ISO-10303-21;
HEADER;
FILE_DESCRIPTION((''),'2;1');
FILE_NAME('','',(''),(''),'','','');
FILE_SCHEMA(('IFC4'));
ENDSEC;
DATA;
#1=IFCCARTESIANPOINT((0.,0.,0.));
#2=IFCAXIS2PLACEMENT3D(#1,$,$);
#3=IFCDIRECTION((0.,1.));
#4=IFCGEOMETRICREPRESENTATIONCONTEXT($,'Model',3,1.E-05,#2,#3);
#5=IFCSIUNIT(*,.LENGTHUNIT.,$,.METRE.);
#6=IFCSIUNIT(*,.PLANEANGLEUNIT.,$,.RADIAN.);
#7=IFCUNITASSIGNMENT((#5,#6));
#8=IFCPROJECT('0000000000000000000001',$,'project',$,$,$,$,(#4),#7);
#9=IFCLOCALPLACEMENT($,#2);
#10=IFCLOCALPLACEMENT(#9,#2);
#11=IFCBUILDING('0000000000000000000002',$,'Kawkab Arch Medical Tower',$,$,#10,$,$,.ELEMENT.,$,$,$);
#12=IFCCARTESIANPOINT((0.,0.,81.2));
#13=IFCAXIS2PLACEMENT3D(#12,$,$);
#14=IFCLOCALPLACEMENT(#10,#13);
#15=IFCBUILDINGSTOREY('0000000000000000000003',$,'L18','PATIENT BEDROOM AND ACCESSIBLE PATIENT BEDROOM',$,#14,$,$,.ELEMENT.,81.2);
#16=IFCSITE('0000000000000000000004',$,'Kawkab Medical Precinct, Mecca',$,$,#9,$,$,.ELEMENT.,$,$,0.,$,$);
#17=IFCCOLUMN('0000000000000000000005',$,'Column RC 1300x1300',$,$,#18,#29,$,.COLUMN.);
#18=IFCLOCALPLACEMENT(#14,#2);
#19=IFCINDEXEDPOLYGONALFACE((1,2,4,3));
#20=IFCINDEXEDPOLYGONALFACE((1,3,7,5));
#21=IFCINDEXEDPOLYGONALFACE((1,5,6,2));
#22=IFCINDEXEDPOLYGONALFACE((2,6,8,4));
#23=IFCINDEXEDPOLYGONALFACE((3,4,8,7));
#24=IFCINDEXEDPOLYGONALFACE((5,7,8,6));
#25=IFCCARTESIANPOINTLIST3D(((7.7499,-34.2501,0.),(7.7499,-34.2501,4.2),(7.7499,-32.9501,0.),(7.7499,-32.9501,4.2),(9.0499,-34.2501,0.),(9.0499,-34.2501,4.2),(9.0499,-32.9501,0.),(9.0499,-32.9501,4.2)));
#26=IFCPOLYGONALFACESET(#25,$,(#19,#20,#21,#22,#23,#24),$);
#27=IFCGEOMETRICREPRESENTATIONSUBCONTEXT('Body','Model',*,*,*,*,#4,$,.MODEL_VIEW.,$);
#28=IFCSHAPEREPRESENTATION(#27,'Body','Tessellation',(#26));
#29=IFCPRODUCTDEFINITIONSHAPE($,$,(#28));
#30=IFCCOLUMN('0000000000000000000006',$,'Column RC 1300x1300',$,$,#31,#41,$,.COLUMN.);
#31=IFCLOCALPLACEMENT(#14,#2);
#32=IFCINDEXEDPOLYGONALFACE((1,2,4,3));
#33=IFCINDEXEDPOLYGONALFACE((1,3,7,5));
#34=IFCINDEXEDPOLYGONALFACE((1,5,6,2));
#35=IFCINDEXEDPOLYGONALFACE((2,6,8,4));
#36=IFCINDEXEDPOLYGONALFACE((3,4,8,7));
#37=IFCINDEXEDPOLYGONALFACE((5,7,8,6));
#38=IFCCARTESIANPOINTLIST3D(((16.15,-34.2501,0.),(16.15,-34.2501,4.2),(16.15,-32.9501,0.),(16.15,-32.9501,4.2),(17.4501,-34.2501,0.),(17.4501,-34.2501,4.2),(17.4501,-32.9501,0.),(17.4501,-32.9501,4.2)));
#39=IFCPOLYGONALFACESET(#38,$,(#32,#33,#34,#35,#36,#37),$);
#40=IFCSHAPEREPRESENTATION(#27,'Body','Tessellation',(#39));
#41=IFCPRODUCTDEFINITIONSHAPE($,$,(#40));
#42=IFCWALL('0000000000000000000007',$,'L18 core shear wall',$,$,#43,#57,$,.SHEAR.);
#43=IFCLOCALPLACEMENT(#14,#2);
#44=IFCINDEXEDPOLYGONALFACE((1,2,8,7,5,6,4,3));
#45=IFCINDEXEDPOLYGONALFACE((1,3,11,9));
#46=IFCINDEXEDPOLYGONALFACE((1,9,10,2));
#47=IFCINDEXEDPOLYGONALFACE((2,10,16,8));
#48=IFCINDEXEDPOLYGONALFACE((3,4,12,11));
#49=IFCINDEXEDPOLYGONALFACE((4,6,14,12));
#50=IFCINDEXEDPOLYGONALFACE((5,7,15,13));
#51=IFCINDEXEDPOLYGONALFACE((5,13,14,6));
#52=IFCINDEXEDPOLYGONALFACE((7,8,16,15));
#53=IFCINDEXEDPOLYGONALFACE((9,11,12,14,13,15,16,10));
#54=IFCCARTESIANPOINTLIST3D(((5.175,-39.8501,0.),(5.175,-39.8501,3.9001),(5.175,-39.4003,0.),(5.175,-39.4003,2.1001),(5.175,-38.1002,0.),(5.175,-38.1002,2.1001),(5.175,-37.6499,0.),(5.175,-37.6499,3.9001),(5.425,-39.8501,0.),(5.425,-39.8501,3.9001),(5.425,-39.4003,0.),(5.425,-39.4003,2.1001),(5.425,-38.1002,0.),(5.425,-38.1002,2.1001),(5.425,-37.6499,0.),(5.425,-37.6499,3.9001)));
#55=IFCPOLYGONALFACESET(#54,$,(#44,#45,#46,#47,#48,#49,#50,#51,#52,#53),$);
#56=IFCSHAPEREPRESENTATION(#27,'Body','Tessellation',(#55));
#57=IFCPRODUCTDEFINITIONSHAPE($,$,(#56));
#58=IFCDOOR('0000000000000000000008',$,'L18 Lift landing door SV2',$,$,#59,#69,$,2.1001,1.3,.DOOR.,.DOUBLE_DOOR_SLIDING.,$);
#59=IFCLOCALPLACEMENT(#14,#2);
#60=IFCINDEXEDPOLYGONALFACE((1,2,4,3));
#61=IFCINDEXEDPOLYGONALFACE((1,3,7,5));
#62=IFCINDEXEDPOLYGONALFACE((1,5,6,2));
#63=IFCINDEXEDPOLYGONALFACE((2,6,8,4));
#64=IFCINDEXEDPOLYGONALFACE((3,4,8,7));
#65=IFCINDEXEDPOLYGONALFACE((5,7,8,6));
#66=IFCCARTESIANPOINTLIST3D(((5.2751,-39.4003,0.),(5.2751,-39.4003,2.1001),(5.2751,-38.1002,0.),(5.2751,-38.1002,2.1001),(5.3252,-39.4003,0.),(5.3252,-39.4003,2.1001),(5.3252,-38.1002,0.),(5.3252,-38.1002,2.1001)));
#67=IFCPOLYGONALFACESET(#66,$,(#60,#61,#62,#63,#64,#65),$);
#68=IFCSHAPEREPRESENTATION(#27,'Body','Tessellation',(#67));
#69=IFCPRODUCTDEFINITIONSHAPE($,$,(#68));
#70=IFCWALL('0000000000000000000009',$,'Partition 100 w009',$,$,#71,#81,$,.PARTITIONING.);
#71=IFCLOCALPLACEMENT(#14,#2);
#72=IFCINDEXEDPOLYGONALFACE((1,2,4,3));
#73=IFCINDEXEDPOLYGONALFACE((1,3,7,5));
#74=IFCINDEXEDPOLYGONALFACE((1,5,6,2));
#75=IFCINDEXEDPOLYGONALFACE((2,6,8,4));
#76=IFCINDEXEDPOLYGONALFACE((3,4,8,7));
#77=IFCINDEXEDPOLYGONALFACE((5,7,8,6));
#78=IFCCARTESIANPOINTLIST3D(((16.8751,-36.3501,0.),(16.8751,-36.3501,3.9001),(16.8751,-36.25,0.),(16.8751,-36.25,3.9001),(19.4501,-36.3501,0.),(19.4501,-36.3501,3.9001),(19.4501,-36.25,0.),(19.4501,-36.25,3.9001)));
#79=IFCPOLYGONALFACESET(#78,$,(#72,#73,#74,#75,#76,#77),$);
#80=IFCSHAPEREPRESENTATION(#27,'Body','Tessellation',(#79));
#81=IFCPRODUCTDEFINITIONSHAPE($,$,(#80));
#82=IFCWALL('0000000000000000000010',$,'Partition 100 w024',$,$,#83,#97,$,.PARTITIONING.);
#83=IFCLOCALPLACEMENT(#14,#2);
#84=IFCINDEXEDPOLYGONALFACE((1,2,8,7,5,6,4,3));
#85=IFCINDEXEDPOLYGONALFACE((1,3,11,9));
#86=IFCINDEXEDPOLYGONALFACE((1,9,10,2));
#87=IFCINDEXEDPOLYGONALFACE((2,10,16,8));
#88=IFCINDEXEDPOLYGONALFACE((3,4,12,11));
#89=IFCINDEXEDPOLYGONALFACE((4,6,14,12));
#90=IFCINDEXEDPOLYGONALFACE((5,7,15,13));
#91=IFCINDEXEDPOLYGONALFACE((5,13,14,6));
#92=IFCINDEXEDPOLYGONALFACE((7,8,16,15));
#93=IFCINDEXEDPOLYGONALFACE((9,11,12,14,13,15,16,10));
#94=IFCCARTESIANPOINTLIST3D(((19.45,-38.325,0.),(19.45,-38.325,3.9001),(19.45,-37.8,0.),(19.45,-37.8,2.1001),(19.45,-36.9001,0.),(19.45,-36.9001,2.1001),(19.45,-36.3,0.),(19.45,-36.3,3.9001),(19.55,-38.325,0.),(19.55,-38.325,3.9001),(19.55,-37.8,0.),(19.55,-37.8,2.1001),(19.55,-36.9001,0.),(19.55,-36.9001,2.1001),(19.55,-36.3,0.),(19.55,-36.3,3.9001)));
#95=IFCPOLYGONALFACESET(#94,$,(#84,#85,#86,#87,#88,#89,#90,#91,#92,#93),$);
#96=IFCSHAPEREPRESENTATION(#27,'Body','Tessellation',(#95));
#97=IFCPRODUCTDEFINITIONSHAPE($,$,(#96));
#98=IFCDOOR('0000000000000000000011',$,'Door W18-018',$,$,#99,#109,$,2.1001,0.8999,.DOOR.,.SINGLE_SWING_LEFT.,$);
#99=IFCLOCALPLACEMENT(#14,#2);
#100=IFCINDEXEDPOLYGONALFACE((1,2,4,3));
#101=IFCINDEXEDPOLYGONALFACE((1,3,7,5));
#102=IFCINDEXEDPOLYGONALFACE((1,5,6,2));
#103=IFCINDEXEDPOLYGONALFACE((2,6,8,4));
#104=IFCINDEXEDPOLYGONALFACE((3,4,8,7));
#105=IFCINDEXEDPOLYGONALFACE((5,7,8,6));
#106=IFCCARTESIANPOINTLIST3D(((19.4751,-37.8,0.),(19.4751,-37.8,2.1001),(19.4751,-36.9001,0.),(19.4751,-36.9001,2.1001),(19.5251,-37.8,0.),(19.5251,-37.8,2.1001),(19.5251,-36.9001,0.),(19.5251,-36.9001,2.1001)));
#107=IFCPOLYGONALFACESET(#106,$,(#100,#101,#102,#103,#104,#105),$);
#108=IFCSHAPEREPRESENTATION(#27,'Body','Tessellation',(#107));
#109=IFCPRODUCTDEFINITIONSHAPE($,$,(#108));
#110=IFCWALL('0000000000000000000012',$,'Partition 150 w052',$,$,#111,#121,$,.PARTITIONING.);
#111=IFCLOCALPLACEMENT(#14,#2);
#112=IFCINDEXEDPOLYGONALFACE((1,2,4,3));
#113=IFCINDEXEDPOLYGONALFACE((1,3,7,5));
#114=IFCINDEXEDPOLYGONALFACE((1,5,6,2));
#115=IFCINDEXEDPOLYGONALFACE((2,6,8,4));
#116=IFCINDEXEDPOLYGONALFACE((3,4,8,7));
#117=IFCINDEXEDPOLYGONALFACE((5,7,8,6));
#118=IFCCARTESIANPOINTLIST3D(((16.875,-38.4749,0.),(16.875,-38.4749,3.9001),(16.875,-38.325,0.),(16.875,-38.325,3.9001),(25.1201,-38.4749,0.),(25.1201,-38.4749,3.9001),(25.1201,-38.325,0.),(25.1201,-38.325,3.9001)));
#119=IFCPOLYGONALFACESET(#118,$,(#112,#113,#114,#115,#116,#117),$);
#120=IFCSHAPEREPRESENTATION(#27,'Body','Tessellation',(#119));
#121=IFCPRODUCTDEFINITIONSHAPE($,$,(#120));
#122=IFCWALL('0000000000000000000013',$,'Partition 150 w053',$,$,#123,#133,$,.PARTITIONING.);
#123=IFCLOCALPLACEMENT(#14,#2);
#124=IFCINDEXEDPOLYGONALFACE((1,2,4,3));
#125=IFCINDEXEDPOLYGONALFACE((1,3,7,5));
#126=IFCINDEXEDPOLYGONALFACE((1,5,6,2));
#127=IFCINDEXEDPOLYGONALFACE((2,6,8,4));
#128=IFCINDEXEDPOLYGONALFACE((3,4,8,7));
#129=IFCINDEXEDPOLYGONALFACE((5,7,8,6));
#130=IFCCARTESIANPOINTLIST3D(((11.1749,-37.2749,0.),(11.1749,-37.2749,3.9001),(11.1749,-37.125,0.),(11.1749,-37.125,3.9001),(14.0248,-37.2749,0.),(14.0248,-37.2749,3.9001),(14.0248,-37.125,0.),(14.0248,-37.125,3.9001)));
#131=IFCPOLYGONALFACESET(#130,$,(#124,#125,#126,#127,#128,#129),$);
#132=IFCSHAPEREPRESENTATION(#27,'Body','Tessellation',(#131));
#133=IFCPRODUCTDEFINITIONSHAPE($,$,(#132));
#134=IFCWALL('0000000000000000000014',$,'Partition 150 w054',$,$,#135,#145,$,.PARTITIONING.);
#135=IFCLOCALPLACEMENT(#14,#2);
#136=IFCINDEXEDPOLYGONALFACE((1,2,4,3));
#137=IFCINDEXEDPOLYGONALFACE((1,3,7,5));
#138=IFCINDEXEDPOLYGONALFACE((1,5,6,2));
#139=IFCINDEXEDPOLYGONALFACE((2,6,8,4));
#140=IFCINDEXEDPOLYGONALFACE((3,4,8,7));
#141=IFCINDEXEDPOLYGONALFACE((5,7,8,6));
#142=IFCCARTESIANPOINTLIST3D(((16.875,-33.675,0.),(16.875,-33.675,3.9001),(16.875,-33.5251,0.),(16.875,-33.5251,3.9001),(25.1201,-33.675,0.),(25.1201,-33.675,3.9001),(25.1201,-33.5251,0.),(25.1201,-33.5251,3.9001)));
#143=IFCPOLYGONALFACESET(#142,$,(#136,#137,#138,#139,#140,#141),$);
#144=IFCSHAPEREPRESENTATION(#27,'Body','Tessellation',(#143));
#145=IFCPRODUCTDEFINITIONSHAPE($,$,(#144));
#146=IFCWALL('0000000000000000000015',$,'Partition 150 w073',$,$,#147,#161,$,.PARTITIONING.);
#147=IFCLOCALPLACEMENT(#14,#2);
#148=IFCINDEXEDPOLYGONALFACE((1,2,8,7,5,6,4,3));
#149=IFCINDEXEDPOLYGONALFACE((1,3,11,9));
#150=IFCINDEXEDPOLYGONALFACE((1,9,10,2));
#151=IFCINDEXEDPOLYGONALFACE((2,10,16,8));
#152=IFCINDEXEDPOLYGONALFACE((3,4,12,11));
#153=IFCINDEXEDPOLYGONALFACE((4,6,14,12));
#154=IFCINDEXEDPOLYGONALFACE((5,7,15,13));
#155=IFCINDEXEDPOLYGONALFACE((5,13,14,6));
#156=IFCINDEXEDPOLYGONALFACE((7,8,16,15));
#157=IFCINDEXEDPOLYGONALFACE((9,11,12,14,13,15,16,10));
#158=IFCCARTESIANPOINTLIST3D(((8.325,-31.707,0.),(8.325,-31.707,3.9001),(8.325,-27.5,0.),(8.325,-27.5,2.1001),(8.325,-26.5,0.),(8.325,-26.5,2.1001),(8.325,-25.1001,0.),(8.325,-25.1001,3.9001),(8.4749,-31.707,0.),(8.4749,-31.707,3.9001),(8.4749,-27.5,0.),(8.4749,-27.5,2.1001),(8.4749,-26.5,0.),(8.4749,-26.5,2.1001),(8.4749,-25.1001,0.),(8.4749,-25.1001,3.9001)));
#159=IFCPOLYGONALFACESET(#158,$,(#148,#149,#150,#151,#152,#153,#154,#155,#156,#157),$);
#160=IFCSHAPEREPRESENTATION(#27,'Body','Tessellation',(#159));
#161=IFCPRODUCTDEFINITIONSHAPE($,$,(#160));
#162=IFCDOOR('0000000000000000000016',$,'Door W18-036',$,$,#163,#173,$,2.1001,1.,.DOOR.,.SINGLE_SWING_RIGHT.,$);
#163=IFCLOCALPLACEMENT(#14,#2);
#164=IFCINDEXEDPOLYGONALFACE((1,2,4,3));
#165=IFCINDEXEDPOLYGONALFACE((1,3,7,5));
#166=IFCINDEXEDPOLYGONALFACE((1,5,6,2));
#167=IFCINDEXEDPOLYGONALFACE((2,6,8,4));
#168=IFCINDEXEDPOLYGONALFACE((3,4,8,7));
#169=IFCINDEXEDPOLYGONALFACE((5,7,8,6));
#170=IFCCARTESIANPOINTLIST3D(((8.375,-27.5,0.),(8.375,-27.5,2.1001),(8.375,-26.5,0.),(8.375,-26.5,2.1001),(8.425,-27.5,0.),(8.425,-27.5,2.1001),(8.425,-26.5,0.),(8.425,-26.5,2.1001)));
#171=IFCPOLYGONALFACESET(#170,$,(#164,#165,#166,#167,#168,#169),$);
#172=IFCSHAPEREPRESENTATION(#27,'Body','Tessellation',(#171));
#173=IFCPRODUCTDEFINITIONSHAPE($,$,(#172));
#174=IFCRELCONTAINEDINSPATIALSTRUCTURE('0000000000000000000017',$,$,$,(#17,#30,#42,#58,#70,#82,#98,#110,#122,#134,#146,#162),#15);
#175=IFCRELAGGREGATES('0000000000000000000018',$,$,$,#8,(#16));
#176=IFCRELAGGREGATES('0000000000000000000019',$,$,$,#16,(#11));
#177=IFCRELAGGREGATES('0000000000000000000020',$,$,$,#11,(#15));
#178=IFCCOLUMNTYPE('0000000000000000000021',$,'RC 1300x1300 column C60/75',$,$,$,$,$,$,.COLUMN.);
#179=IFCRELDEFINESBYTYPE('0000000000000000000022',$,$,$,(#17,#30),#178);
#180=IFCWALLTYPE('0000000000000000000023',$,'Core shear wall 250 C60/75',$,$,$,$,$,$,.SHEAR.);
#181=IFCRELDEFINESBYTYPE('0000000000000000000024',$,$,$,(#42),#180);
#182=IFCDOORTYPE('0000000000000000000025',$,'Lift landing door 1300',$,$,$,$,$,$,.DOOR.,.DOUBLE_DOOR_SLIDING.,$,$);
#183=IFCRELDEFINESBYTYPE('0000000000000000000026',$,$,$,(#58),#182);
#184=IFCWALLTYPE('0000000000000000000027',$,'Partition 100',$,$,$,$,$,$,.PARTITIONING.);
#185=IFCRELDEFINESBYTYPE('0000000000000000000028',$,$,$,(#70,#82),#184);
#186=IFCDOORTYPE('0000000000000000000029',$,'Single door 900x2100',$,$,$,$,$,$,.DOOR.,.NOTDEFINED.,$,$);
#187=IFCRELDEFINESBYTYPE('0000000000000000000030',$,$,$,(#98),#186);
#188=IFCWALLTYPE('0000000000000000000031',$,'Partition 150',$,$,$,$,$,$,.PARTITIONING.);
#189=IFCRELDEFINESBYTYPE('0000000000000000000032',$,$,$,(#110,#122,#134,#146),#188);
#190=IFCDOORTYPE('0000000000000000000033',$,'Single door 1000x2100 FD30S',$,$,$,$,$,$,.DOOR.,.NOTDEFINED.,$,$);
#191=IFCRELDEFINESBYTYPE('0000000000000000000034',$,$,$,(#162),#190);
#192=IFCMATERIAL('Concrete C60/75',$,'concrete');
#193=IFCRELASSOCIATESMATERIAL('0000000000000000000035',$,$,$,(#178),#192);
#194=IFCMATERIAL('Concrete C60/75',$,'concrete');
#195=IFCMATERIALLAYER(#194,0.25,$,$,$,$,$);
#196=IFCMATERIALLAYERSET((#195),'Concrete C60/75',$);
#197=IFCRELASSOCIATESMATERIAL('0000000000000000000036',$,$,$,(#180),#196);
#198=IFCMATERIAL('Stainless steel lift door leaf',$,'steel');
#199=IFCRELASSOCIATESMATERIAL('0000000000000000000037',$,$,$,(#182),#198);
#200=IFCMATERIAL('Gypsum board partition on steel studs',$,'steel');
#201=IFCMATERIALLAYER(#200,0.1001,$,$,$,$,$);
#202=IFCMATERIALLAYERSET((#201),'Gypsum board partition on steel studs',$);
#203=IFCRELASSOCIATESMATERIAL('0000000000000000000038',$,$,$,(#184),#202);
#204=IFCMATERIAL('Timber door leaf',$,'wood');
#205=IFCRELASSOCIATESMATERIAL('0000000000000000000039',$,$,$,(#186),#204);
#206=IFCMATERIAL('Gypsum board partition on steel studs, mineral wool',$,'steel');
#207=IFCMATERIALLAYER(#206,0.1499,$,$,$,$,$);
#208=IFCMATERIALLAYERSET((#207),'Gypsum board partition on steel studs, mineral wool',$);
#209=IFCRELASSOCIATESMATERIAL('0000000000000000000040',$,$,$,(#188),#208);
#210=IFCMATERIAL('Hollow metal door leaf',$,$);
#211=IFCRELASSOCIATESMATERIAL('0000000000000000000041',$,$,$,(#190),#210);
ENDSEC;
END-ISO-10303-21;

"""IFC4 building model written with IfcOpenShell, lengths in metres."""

from ifc_helpers import new_model, si_unit, direction, frame, frame_2d, origin, origin_2d, place, context, subcontext, project, spatial, rectangle, extrude, material, layer, layer_set, material_profile, profile_set, type_object, element, fill, save


model = new_model("IFC4")

# Units and contexts
model_context = context("Model", 3, precision=1e-05, world=origin(), true_north=direction((0.0, 1.0)))
body_context = subcontext(model_context, "Body", "Model", "MODEL_VIEW")
ifc_project = project(units=[si_unit("LENGTHUNIT", "METRE"), si_unit("PLANEANGLEUNIT", "RADIAN")], contexts=[model_context])

# Site, building, storey
site_placement = place(None, origin())
site = spatial("IfcSite", under=ifc_project, at=site_placement, Name="Kawkab Medical Precinct, Mecca", CompositionType="ELEMENT", RefElevation=0.0)
building_placement = place(site_placement, origin())
building = spatial("IfcBuilding", under=site, at=building_placement, Name="Kawkab Arch Medical Tower", CompositionType="ELEMENT")
storey_placement = place(building_placement, frame((0.0, 0.0, 81.2)))
storey = spatial("IfcBuildingStorey", under=building, at=storey_placement, Name="L18", Description="PATIENT BEDROOM AND ACCESSIBLE PATIENT BEDROOM", CompositionType="ELEMENT", Elevation=81.2)

# Columns
ifc_material_1 = material(Name="Concrete C60/75", Category="concrete")
ifc_material_profile = material_profile(ifc_material_1, rectangle(XDim=1.3, YDim=1.3, at=origin_2d()), Name="RC 1300x1300")
ifc_profile_set = profile_set([ifc_material_profile], Name="Concrete C60/75")
column_type = type_object("IfcColumnType", Name="RC 1300x1300 column C60/75", PredefinedType="COLUMN", material=ifc_profile_set)
for number, where, z_axis, x_axis, name in (
    (1, (8.3999, -33.6001, 0.0), (0.0, 0.0, 1.0), (1.0, 0.0, 0.0), "Column RC 1300x1300"),
    (2, (16.8, -33.6001, 0.0), (0.0, 0.0, 1.0), (1.0, 0.0, 0.0), "Column RC 1300x1300"),
):
    element("IfcColumn", number, at=place(storey_placement, frame(where, z_axis=z_axis, x_axis=x_axis)), inside=storey, type_object=column_type, Name=name, PredefinedType="COLUMN", context=body_context, shape_type="SweptSolid", body=[
        extrude(rectangle(XDim=1.3, YDim=1.3, at=origin_2d()), origin(), (0.0, 0.0, 1.0), 4.2),
    ])

# Wall, opening, door
ifc_material_2 = material(Name="Concrete C60/75", Category="concrete")
ifc_layer_1 = layer(ifc_material_2, 0.25)
ifc_layer_set_1 = layer_set([ifc_layer_1], Name="Concrete C60/75")
wall_type_1 = type_object("IfcWallType", Name="Core shear wall 250 C60/75", PredefinedType="SHEAR", material=ifc_layer_set_1)
wall_1_placement = place(storey_placement, frame((5.3, -39.8501, 0.0), z_axis=(0.0, 0.0, 1.0), x_axis=(0.0, 1.0, 0.0)))
wall_1 = element("IfcWall", 3, at=wall_1_placement, inside=storey, type_object=wall_type_1, Name="L18 core shear wall", PredefinedType="SHEAR", context=body_context, shape_type="SweptSolid", body=[
    extrude(rectangle(XDim=2.2002, YDim=0.25, at=frame_2d((1.1001, 0.0))), origin(), (0.0, 0.0, 1.0), 3.9001),
])
opening_1_placement = place(wall_1_placement, frame((0.45, 0.0, 0.0)))
opening_1 = element("IfcOpeningElement", 4, at=opening_1_placement, cuts=wall_1, PredefinedType="OPENING", context=body_context, shape_type="SweptSolid", body=[
    extrude(rectangle(XDim=1.3, YDim=2.1001, at=frame_2d((0.6499, 1.05))), frame((0.0, 0.135, 0.0), z_axis=(0.0, -1.0, 0.0), x_axis=(1.0, 0.0, 0.0)), (0.0, 0.0, 1.0), 0.27),
])
ifc_material_3 = material(Name="Stainless steel lift door leaf", Category="steel")
door_type_1 = type_object("IfcDoorType", Name="Lift landing door 1300", OperationType="DOUBLE_DOOR_SLIDING", PredefinedType="DOOR", material=ifc_material_3)
door_1_placement = place(opening_1_placement, origin())
door_1 = element("IfcDoor", 5, at=door_1_placement, inside=storey, type_object=door_type_1, Name="L18 Lift landing door SV2", OperationType="DOUBLE_DOOR_SLIDING", OverallHeight=2.1001, OverallWidth=1.3, PredefinedType="DOOR", context=body_context, shape_type="SweptSolid", body=[
    extrude(rectangle(XDim=1.3, YDim=2.1001, at=frame_2d((0.6499, 1.05))), frame((0.0, 0.0249, 0.0), z_axis=(0.0, -1.0, 0.0), x_axis=(1.0, 0.0, 0.0)), (0.0, 0.0, 1.0), 0.05),
])
fill(opening_1, door_1)

# Wall
ifc_material_4 = material(Name="Gypsum board partition on steel studs", Category="steel")
ifc_layer_2 = layer(ifc_material_4, 0.1001)
ifc_layer_set_2 = layer_set([ifc_layer_2], Name="Gypsum board partition on steel studs")
wall_type_2 = type_object("IfcWallType", Name="Partition 100", PredefinedType="PARTITIONING", material=ifc_layer_set_2)
wall_2_placement = place(storey_placement, frame((16.875, -36.3, 0.0), z_axis=(0.0, 0.0, 1.0), x_axis=(1.0, 0.0, 0.0)))
element("IfcWall", 6, at=wall_2_placement, inside=storey, type_object=wall_type_2, Name="Partition 100 w009", PredefinedType="PARTITIONING", context=body_context, shape_type="SweptSolid", body=[
    extrude(rectangle(XDim=2.575, YDim=0.1001, at=frame_2d((1.2876, 0.0))), origin(), (0.0, 0.0, 1.0), 3.9001),
])

# Wall, opening, door
wall_3_placement = place(storey_placement, frame((19.5, -38.325, 0.0), z_axis=(0.0, 0.0, 1.0), x_axis=(0.0, 1.0, 0.0)))
wall_3 = element("IfcWall", 7, at=wall_3_placement, inside=storey, type_object=wall_type_2, Name="Partition 100 w024", PredefinedType="PARTITIONING", context=body_context, shape_type="SweptSolid", body=[
    extrude(rectangle(XDim=2.0249, YDim=0.1001, at=frame_2d((1.0125, 0.0))), origin(), (0.0, 0.0, 1.0), 3.9001),
])
opening_2_placement = place(wall_3_placement, frame((0.5249, 0.0, 0.0)))
opening_2 = element("IfcOpeningElement", 8, at=opening_2_placement, cuts=wall_3, PredefinedType="OPENING", context=body_context, shape_type="SweptSolid", body=[
    extrude(rectangle(XDim=0.8999, YDim=2.1001, at=frame_2d((0.45, 1.05))), frame((0.0, 0.0601, 0.0), z_axis=(0.0, -1.0, 0.0), x_axis=(1.0, 0.0, 0.0)), (0.0, 0.0, 1.0), 0.1201),
])
ifc_material_5 = material(Name="Timber door leaf", Category="wood")
door_type_2 = type_object("IfcDoorType", Name="Single door 900x2100", OperationType="NOTDEFINED", PredefinedType="DOOR", material=ifc_material_5)
door_2_placement = place(opening_2_placement, origin())
door_2 = element("IfcDoor", 9, at=door_2_placement, inside=storey, type_object=door_type_2, Name="Door W18-018", OperationType="SINGLE_SWING_LEFT", OverallHeight=2.1001, OverallWidth=0.8999, PredefinedType="DOOR", context=body_context, shape_type="SweptSolid", body=[
    extrude(rectangle(XDim=0.8999, YDim=2.1001, at=frame_2d((0.45, 1.05))), frame((0.0, 0.0249, 0.0), z_axis=(0.0, -1.0, 0.0), x_axis=(1.0, 0.0, 0.0)), (0.0, 0.0, 1.0), 0.05),
])
fill(opening_2, door_2)

# Walls
ifc_material_6 = material(Name="Gypsum board partition on steel studs, mineral wool", Category="steel")
ifc_layer_3 = layer(ifc_material_6, 0.1499)
ifc_layer_set_3 = layer_set([ifc_layer_3], Name="Gypsum board partition on steel studs, mineral wool")
wall_type_3 = type_object("IfcWallType", Name="Partition 150", PredefinedType="PARTITIONING", material=ifc_layer_set_3)
wall_4_placement = place(storey_placement, frame((16.875, -38.3999, 0.0), z_axis=(0.0, 0.0, 1.0), x_axis=(1.0, 0.0, 0.0)))
element("IfcWall", 10, at=wall_4_placement, inside=storey, type_object=wall_type_3, Name="Partition 150 w052", PredefinedType="PARTITIONING", context=body_context, shape_type="SweptSolid", body=[
    extrude(rectangle(XDim=8.2451, YDim=0.1499, at=frame_2d((4.1226, 0.0))), origin(), (0.0, 0.0, 1.0), 3.9001),
])
wall_5_placement = place(storey_placement, frame((11.175, -37.2, 0.0), z_axis=(0.0, 0.0, 1.0), x_axis=(1.0, 0.0, 0.0)))
element("IfcWall", 11, at=wall_5_placement, inside=storey, type_object=wall_type_3, Name="Partition 150 w053", PredefinedType="PARTITIONING", context=body_context, shape_type="SweptSolid", body=[
    extrude(rectangle(XDim=2.8499, YDim=0.1499, at=frame_2d((1.4248, 0.0))), origin(), (0.0, 0.0, 1.0), 3.9001),
])
wall_6_placement = place(storey_placement, frame((16.875, -33.6001, 0.0), z_axis=(0.0, 0.0, 1.0), x_axis=(1.0, 0.0, 0.0)))
element("IfcWall", 12, at=wall_6_placement, inside=storey, type_object=wall_type_3, Name="Partition 150 w054", PredefinedType="PARTITIONING", context=body_context, shape_type="SweptSolid", body=[
    extrude(rectangle(XDim=8.2451, YDim=0.1499, at=frame_2d((4.1226, 0.0))), origin(), (0.0, 0.0, 1.0), 3.9001),
])

# Wall, opening, door
wall_7_placement = place(storey_placement, frame((8.3999, -31.707, 0.0), z_axis=(0.0, 0.0, 1.0), x_axis=(0.0, 1.0, 0.0)))
wall_7 = element("IfcWall", 13, at=wall_7_placement, inside=storey, type_object=wall_type_3, Name="Partition 150 w073", PredefinedType="PARTITIONING", context=body_context, shape_type="SweptSolid", body=[
    extrude(rectangle(XDim=6.6069, YDim=0.1499, at=frame_2d((3.3035, 0.0))), origin(), (0.0, 0.0, 1.0), 3.9001),
])
opening_3_placement = place(wall_7_placement, frame((4.207, 0.0, 0.0)))
opening_3 = element("IfcOpeningElement", 14, at=opening_3_placement, cuts=wall_7, PredefinedType="OPENING", context=body_context, shape_type="SweptSolid", body=[
    extrude(rectangle(XDim=1.0, YDim=2.1001, at=frame_2d((0.5, 1.05))), frame((0.0, 0.085, 0.0), z_axis=(0.0, -1.0, 0.0), x_axis=(1.0, 0.0, 0.0)), (0.0, 0.0, 1.0), 0.1699),
])
ifc_material_7 = material(Name="Hollow metal door leaf")
door_type_3 = type_object("IfcDoorType", Name="Single door 1000x2100 FD30S", OperationType="NOTDEFINED", PredefinedType="DOOR", material=ifc_material_7)
door_3_placement = place(opening_3_placement, origin())
door_3 = element("IfcDoor", 15, at=door_3_placement, inside=storey, type_object=door_type_3, Name="Door W18-036", OperationType="SINGLE_SWING_RIGHT", OverallHeight=2.1001, OverallWidth=1.0, PredefinedType="DOOR", context=body_context, shape_type="SweptSolid", body=[
    extrude(rectangle(XDim=1.0, YDim=2.1001, at=frame_2d((0.5, 1.05))), frame((0.0, 0.0249, 0.0), z_axis=(0.0, -1.0, 0.0), x_axis=(1.0, 0.0, 0.0)), (0.0, 0.0, 1.0), 0.05),
])
fill(opening_3, door_3)

save(model, "model.ifc")
